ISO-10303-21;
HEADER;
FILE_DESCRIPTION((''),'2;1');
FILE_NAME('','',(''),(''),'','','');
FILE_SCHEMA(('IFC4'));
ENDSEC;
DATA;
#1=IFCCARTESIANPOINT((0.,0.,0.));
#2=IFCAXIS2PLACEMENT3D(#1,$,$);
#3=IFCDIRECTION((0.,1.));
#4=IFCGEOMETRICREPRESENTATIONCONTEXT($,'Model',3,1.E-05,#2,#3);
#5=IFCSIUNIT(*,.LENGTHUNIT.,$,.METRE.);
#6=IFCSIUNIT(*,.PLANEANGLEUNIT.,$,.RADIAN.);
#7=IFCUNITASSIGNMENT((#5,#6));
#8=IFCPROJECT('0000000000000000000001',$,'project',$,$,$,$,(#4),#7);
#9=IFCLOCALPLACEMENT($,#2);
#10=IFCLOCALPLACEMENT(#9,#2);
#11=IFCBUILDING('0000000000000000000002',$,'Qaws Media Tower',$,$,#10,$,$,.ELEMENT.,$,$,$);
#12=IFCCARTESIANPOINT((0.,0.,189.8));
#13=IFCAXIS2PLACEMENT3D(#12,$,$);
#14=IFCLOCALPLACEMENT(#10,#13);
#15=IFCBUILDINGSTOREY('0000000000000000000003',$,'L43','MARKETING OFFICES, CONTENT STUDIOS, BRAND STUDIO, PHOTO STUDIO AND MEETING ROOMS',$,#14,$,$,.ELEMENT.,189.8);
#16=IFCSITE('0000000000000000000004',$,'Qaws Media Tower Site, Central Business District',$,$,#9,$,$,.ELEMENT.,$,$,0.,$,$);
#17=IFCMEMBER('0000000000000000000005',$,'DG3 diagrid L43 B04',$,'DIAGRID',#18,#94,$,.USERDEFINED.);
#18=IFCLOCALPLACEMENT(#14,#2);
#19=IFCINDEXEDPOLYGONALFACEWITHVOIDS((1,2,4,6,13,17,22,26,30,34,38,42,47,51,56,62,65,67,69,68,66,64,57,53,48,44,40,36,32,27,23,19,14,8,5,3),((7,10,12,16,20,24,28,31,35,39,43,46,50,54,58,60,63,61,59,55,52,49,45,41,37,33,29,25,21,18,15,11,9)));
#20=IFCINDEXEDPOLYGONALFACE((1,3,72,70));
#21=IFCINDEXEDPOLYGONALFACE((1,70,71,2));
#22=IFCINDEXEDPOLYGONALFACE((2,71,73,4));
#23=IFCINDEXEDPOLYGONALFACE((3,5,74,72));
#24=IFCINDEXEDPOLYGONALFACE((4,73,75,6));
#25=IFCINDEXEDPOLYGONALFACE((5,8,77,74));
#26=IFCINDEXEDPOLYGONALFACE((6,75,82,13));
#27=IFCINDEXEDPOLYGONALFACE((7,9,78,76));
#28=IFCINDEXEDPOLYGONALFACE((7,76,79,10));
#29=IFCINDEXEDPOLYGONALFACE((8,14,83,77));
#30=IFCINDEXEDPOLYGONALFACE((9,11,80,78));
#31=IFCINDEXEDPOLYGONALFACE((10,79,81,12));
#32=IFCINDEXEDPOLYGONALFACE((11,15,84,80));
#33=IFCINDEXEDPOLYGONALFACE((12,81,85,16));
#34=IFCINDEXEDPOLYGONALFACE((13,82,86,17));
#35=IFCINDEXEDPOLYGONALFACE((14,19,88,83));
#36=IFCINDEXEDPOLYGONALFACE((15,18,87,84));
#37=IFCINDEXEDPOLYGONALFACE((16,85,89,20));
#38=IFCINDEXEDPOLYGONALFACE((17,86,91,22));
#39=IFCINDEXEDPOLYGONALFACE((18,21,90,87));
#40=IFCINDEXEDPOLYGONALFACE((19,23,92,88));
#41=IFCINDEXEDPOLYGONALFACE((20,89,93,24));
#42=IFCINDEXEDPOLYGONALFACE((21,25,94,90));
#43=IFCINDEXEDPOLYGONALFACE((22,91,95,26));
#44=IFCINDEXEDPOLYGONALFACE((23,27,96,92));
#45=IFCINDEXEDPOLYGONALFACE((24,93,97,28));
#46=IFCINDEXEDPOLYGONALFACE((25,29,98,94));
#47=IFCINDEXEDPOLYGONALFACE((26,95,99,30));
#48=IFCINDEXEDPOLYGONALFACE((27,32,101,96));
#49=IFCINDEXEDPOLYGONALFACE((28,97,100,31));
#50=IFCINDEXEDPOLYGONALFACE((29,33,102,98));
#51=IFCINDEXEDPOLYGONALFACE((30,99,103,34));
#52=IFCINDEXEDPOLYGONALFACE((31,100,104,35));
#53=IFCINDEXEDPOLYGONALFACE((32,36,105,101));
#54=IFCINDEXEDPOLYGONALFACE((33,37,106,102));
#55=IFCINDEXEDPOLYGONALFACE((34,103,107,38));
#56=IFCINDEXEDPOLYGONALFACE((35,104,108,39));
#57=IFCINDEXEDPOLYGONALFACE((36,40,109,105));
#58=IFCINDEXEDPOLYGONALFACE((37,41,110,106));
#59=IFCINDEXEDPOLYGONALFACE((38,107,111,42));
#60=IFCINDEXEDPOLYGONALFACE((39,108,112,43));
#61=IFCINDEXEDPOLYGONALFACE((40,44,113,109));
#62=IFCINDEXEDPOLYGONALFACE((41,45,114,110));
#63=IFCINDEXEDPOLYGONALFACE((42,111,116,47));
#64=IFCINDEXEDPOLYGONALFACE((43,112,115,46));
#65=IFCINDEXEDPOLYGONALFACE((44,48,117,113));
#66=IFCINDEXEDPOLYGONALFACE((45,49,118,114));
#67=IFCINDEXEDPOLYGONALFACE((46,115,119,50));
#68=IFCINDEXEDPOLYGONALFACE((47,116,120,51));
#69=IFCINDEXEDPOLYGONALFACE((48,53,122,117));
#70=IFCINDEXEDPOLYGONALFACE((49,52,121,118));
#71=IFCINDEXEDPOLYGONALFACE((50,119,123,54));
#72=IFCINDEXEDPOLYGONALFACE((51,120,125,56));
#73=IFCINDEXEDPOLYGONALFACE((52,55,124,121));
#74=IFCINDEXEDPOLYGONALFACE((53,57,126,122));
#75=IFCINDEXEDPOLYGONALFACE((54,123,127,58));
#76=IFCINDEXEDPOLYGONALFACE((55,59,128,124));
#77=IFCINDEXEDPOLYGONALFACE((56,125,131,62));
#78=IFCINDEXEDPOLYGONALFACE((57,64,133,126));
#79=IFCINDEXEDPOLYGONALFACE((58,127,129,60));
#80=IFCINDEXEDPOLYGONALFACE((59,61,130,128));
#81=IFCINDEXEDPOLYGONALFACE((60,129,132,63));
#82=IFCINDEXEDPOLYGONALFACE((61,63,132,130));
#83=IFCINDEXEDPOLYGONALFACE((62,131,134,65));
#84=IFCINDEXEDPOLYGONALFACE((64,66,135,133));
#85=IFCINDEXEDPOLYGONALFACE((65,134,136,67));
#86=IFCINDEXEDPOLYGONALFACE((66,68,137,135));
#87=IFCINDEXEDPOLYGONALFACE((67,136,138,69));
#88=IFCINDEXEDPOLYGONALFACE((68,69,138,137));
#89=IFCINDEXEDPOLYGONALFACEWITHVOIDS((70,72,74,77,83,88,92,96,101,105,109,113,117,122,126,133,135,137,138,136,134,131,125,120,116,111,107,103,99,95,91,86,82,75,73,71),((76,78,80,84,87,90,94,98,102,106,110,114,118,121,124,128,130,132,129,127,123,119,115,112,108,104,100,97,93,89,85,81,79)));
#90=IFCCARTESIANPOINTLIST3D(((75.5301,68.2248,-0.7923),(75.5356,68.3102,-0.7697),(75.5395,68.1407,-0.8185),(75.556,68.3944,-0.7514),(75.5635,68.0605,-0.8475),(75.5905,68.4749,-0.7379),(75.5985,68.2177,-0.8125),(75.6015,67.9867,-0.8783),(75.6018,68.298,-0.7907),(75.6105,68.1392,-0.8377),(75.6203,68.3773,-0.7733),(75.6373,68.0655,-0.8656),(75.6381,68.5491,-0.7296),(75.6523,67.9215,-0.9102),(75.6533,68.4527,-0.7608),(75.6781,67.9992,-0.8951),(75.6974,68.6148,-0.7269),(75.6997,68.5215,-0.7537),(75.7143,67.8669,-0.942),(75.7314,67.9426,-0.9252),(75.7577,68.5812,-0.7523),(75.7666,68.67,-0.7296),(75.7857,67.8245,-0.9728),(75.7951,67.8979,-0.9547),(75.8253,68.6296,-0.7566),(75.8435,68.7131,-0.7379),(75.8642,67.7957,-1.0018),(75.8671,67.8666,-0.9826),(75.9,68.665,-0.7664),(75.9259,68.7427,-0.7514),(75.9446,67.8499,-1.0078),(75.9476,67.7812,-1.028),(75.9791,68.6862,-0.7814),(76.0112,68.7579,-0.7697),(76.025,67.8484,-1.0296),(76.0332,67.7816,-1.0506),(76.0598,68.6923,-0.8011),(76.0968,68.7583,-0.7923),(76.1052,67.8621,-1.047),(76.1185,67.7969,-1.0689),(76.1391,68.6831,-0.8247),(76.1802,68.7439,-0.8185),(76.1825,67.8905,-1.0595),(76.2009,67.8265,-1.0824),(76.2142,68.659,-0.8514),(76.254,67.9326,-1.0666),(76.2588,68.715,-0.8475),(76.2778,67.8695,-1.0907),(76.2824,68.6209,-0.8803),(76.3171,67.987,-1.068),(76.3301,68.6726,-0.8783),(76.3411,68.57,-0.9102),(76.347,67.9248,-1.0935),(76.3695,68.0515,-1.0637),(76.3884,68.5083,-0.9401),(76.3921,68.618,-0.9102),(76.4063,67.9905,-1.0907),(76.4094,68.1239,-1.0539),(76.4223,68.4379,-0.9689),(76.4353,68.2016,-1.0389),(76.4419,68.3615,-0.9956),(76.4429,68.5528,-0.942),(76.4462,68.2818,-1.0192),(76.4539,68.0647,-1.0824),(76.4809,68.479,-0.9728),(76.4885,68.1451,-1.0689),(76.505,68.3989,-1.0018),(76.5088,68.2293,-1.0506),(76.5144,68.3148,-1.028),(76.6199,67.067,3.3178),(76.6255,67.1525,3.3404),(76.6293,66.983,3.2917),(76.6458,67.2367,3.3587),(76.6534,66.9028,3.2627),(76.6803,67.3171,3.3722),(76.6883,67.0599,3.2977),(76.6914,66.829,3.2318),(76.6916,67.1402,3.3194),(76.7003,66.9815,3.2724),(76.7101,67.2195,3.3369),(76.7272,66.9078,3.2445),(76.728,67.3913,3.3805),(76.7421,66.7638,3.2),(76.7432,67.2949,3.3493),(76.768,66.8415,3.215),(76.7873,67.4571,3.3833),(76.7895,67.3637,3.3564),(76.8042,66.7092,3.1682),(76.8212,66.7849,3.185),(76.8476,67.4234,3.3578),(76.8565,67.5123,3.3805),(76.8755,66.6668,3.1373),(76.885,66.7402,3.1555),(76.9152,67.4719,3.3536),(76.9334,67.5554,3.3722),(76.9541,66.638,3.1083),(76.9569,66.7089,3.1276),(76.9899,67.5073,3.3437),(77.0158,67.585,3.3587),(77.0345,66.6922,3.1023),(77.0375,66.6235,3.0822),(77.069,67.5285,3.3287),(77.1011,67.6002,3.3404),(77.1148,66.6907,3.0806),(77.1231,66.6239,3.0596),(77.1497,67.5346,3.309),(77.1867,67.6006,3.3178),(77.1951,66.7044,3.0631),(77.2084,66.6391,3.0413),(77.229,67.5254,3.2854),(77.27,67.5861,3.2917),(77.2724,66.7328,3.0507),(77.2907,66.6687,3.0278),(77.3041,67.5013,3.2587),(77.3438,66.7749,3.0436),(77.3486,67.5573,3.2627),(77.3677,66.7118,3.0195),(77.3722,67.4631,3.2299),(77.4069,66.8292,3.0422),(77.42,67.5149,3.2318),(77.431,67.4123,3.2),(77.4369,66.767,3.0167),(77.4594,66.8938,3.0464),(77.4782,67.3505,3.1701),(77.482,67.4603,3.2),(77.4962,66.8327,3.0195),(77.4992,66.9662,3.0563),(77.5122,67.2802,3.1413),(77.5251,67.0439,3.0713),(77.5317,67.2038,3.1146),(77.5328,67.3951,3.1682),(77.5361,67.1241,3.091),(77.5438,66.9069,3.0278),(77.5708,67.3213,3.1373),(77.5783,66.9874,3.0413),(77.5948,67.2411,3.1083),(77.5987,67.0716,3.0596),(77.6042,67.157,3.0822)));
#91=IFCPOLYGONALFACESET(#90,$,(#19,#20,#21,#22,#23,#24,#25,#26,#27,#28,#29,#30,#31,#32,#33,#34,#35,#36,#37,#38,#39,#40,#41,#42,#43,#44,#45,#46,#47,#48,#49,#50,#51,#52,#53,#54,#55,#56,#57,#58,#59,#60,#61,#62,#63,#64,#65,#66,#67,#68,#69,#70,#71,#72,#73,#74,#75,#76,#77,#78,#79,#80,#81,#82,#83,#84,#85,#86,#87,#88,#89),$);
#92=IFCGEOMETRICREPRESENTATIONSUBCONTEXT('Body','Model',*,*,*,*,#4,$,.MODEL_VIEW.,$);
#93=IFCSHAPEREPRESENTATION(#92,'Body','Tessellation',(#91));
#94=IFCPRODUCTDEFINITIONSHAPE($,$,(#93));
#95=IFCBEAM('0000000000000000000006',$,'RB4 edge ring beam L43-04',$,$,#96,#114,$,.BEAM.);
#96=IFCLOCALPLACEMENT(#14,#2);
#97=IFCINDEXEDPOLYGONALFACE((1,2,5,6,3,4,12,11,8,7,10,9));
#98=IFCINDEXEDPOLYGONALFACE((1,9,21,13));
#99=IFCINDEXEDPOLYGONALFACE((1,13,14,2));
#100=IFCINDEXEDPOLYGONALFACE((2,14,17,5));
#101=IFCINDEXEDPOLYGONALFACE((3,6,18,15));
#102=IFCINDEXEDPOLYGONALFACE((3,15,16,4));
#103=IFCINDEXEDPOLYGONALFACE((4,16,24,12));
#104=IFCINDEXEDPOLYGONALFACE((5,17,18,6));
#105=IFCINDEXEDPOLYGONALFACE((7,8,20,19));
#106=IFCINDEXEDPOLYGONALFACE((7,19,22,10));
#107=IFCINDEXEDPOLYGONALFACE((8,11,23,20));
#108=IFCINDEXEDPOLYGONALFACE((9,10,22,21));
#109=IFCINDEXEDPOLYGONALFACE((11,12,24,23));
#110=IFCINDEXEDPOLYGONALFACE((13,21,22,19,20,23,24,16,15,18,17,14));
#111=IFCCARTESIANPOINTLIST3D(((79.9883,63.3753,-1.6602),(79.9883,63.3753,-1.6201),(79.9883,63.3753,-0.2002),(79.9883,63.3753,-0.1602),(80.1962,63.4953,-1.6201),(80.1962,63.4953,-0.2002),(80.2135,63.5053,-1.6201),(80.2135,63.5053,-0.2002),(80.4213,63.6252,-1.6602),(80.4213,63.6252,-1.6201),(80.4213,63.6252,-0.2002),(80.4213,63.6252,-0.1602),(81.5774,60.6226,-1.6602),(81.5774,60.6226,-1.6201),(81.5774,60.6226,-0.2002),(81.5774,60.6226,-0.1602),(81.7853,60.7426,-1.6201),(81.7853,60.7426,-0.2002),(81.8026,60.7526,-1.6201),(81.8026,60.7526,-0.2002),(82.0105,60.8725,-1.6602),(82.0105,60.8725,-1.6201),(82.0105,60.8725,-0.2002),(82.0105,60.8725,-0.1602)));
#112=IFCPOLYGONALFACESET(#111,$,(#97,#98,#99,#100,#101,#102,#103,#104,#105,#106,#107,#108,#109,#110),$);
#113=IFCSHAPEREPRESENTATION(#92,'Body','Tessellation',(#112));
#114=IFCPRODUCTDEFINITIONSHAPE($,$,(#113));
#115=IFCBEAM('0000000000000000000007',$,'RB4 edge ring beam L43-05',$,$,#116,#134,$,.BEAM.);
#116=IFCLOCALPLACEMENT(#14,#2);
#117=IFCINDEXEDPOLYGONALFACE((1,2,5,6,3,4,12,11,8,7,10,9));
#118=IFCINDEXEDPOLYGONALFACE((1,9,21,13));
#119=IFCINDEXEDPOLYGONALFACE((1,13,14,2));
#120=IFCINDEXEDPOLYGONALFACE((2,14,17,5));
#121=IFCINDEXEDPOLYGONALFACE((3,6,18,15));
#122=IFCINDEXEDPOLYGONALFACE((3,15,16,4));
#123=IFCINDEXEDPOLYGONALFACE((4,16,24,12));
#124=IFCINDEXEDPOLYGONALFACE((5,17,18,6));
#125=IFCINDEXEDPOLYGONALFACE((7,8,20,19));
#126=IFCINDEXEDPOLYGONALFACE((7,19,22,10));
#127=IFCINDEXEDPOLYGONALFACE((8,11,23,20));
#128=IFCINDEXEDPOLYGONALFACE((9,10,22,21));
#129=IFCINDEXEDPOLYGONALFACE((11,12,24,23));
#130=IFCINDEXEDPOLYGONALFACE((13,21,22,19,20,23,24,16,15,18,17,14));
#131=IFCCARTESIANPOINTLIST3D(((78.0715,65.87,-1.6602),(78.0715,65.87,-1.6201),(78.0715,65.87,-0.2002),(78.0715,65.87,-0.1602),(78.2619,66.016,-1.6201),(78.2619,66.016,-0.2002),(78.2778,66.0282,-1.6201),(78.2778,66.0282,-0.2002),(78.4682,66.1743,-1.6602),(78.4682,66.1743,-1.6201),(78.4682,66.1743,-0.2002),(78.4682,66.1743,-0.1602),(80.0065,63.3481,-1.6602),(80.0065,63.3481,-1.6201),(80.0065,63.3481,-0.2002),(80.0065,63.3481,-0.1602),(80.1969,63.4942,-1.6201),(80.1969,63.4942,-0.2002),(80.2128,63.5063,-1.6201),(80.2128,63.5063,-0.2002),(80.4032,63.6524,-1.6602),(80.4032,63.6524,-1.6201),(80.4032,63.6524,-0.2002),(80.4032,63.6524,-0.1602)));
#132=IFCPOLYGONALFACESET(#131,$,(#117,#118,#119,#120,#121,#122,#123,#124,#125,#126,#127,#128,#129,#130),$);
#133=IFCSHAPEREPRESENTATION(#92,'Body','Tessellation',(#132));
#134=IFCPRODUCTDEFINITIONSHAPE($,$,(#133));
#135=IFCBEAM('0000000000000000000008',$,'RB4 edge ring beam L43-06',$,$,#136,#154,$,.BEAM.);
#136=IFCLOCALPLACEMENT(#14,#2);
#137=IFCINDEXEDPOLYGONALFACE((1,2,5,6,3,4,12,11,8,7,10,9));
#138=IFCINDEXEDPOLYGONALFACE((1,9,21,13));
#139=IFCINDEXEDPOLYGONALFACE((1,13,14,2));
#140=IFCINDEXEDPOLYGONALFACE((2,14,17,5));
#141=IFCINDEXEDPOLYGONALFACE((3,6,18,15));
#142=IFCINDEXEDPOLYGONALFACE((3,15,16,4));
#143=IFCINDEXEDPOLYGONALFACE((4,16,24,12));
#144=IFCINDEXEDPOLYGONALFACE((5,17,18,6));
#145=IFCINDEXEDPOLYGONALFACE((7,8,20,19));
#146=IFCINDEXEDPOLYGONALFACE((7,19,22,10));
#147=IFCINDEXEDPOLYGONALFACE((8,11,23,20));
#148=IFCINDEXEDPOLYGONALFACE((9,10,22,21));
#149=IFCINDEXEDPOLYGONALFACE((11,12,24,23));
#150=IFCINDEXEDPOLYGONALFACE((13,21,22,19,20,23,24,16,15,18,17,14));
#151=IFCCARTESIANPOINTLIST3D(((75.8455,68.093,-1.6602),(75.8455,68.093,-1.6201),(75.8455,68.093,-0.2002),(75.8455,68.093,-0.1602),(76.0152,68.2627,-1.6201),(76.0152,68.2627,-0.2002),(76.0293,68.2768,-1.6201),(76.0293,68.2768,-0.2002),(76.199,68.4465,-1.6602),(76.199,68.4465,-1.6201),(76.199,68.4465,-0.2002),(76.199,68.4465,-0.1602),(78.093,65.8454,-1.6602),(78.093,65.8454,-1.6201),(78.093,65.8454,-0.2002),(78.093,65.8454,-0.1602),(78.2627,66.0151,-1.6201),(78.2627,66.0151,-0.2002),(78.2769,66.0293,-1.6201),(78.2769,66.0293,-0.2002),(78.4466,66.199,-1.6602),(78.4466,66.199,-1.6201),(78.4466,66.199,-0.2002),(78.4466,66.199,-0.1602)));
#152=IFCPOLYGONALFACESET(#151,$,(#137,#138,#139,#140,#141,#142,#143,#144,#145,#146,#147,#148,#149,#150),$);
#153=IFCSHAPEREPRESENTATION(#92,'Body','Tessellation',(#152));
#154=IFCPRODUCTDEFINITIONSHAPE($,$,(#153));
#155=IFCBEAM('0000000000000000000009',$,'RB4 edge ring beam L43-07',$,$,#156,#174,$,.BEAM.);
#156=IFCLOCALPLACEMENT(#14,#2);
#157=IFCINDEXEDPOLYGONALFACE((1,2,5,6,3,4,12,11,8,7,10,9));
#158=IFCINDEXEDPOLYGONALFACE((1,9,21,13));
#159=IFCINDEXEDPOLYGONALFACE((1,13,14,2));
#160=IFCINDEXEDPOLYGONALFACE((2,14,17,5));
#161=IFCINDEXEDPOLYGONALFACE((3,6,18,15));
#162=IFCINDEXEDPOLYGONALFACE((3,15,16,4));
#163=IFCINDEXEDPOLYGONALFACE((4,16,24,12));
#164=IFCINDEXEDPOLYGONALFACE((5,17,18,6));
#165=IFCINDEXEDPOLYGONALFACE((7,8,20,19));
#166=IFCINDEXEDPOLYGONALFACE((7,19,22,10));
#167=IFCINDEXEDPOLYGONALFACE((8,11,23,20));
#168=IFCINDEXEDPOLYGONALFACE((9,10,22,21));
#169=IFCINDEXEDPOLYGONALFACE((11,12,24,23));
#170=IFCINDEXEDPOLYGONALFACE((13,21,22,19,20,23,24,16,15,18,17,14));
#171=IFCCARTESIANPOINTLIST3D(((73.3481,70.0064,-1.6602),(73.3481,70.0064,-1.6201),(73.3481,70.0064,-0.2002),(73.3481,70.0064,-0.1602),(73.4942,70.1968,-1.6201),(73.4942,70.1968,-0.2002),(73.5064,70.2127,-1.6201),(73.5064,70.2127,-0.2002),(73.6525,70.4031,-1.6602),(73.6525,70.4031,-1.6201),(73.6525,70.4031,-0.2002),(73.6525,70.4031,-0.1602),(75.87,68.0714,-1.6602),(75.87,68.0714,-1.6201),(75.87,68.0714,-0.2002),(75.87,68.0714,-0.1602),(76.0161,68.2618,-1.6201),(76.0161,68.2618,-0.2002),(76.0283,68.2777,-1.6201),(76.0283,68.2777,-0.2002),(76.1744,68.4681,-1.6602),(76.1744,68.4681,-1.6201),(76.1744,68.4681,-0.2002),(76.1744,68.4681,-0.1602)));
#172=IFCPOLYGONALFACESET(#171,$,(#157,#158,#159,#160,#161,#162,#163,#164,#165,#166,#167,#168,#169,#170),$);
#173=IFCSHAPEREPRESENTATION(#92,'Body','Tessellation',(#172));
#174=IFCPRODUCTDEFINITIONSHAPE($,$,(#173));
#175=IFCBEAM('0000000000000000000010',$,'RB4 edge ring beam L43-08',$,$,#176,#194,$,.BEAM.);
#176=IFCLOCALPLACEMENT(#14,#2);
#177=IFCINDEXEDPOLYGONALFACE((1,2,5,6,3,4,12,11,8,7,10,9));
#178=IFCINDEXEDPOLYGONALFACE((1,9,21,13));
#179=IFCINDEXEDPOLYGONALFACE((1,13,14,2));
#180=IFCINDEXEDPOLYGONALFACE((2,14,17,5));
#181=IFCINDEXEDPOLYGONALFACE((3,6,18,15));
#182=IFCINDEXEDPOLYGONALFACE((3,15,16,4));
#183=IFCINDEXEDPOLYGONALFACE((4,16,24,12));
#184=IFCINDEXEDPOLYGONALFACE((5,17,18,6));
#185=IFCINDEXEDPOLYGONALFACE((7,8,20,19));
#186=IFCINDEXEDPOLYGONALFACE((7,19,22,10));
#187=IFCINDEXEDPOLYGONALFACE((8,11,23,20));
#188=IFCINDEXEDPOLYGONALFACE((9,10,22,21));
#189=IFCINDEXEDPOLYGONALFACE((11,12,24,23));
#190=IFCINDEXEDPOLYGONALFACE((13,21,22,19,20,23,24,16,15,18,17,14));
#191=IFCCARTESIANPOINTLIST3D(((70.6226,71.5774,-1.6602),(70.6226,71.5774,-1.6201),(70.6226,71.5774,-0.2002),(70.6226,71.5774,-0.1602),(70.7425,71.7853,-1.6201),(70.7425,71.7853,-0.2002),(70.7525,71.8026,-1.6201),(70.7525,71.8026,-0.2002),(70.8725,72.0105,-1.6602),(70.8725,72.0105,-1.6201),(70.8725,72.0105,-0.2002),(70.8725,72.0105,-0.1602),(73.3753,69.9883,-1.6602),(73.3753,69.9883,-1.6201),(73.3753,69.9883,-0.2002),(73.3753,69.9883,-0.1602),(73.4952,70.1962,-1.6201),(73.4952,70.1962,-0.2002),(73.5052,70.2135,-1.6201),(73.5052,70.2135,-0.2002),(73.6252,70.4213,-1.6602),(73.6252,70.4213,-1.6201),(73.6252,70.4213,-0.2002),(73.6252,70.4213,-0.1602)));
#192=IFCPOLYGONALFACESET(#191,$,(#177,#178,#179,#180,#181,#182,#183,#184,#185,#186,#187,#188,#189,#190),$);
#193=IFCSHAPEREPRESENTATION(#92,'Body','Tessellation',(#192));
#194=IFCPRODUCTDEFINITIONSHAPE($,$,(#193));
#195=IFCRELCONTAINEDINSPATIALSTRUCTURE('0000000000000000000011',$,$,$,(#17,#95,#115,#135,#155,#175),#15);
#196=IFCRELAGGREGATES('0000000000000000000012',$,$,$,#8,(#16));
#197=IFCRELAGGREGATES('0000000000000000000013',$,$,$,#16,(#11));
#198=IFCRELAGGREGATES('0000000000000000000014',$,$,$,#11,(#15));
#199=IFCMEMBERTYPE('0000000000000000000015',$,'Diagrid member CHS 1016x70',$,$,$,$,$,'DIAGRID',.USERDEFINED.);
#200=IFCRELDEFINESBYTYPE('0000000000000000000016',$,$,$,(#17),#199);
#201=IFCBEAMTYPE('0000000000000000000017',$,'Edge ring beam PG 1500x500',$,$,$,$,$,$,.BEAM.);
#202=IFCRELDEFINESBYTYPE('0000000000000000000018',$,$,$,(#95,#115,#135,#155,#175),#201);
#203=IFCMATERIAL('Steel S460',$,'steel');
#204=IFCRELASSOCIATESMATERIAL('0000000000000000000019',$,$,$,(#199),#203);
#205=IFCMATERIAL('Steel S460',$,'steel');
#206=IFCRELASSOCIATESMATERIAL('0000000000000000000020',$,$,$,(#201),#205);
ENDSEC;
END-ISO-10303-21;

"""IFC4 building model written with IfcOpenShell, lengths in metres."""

from ifc_helpers import new_model, si_unit, direction, frame, origin, origin_2d, place, context, subcontext, project, spatial, hollow_circle, i_section, extrude, material, material_profile, profile_set, type_object, element, save


model = new_model("IFC4")

# Units and contexts
model_context = context("Model", 3, precision=1e-05, world=origin(), true_north=direction((0.0, 1.0)))
body_context = subcontext(model_context, "Body", "Model", "MODEL_VIEW")
ifc_project = project(units=[si_unit("LENGTHUNIT", "METRE"), si_unit("PLANEANGLEUNIT", "RADIAN")], contexts=[model_context])

# Site, building, storey
site_placement = place(None, origin())
site = spatial("IfcSite", under=ifc_project, at=site_placement, Name="Qaws Media Tower Site, Central Business District", CompositionType="ELEMENT", RefElevation=0.0)
building_placement = place(site_placement, origin())
building = spatial("IfcBuilding", under=site, at=building_placement, Name="Qaws Media Tower", CompositionType="ELEMENT")
storey_placement = place(building_placement, frame((0.0, 0.0, 189.8)))
storey = spatial("IfcBuildingStorey", under=building, at=storey_placement, Name="L43", Description="MARKETING OFFICES, CONTENT STUDIOS, BRAND STUDIO, PHOTO STUDIO AND MEETING ROOMS", CompositionType="ELEMENT", Elevation=189.8)

# Member
ifc_material_1 = material(Name="Steel S460", Category="steel")
ifc_material_profile_1 = material_profile(ifc_material_1, hollow_circle(Radius=0.5081, WallThickness=0.0701, at=origin_2d()), Name="CHS 1016x70")
ifc_profile_set_1 = profile_set([ifc_material_profile_1], Name="Steel S460")
member_type_1 = type_object("IfcMemberType", Name="Diagrid member CHS 1016x70", ElementType="DIAGRID", PredefinedType="USERDEFINED", material=ifc_profile_set_1)
member_1_placement = place(storey_placement, frame((76.0222, 68.2698, -0.9102), z_axis=(0.247302, -0.262703, 0.932646), x_axis=(0.728128, 0.685441, 0.0)))
element("IfcMember", 1, at=member_1_placement, inside=storey, type_object=member_type_1, Name="DG3 diagrid L43 B04", ObjectType="DIAGRID", PredefinedType="USERDEFINED", context=body_context, shape_type="SweptSolid", body=[
    extrude(hollow_circle(Radius=0.5081, WallThickness=0.0701, at=origin_2d()), origin(), (0.0, 0.0, 1.0), 4.407),
])

# Beams
ifc_material_2 = material(Name="Steel S460", Category="steel")
ifc_material_profile_2 = material_profile(ifc_material_2, i_section(OverallWidth=0.5, OverallDepth=1.5, WebThickness=0.02, FlangeThickness=0.04, at=origin_2d()), Name="PG 1500x500")
ifc_profile_set_2 = profile_set([ifc_material_profile_2], Name="Steel S460")
beam_type = type_object("IfcBeamType", Name="Edge ring beam PG 1500x500", PredefinedType="BEAM", material=ifc_profile_set_2)
beam_1_placement = place(storey_placement, frame((81.7939, 60.7476, -0.9102), z_axis=(-0.499964, 0.866046, 0.0), x_axis=(-0.866046, -0.499964, 0.0)))
element("IfcBeam", 2, at=beam_1_placement, inside=storey, type_object=beam_type, Name="RB4 edge ring beam L43-04", PredefinedType="BEAM", context=body_context, shape_type="SweptSolid", body=[
    extrude(i_section(OverallWidth=0.5, OverallDepth=1.5, WebThickness=0.02, FlangeThickness=0.04, at=origin_2d()), origin(), (0.0, 0.0, 1.0), 3.1785),
])
beam_2_placement = place(storey_placement, frame((80.2048, 63.5002, -0.9102), z_axis=(-0.608738, 0.793371, 0.0), x_axis=(-0.793371, -0.608738, 0.0)))
element("IfcBeam", 3, at=beam_2_placement, inside=storey, type_object=beam_type, Name="RB4 edge ring beam L43-05", PredefinedType="BEAM", context=body_context, shape_type="SweptSolid", body=[
    extrude(i_section(OverallWidth=0.5, OverallDepth=1.5, WebThickness=0.02, FlangeThickness=0.04, at=origin_2d()), origin(), (0.0, 0.0, 1.0), 3.1787),
])
beam_3_placement = place(storey_placement, frame((78.2698, 66.0222, -0.9102), z_axis=(-0.707107, 0.707107, 0.0), x_axis=(-0.707107, -0.707107, 0.0)))
element("IfcBeam", 4, at=beam_3_placement, inside=storey, type_object=beam_type, Name="RB4 edge ring beam L43-06", PredefinedType="BEAM", context=body_context, shape_type="SweptSolid", body=[
    extrude(i_section(OverallWidth=0.5, OverallDepth=1.5, WebThickness=0.02, FlangeThickness=0.04, at=origin_2d()), origin(), (0.0, 0.0, 1.0), 3.1785),
])
beam_4_placement = place(storey_placement, frame((76.0222, 68.2698, -0.9102), z_axis=(-0.793371, 0.608738, 0.0), x_axis=(-0.608738, -0.793371, 0.0)))
element("IfcBeam", 5, at=beam_4_placement, inside=storey, type_object=beam_type, Name="RB4 edge ring beam L43-07", PredefinedType="BEAM", context=body_context, shape_type="SweptSolid", body=[
    extrude(i_section(OverallWidth=0.5, OverallDepth=1.5, WebThickness=0.02, FlangeThickness=0.04, at=origin_2d()), origin(), (0.0, 0.0, 1.0), 3.1787),
])
beam_5_placement = place(storey_placement, frame((73.5002, 70.2048, -0.9102), z_axis=(-0.866046, 0.499964, 0.0), x_axis=(-0.499964, -0.866046, 0.0)))
element("IfcBeam", 6, at=beam_5_placement, inside=storey, type_object=beam_type, Name="RB4 edge ring beam L43-08", PredefinedType="BEAM", context=body_context, shape_type="SweptSolid", body=[
    extrude(i_section(OverallWidth=0.5, OverallDepth=1.5, WebThickness=0.02, FlangeThickness=0.04, at=origin_2d()), origin(), (0.0, 0.0, 1.0), 3.1785),
])

save(model, "model.ifc")
